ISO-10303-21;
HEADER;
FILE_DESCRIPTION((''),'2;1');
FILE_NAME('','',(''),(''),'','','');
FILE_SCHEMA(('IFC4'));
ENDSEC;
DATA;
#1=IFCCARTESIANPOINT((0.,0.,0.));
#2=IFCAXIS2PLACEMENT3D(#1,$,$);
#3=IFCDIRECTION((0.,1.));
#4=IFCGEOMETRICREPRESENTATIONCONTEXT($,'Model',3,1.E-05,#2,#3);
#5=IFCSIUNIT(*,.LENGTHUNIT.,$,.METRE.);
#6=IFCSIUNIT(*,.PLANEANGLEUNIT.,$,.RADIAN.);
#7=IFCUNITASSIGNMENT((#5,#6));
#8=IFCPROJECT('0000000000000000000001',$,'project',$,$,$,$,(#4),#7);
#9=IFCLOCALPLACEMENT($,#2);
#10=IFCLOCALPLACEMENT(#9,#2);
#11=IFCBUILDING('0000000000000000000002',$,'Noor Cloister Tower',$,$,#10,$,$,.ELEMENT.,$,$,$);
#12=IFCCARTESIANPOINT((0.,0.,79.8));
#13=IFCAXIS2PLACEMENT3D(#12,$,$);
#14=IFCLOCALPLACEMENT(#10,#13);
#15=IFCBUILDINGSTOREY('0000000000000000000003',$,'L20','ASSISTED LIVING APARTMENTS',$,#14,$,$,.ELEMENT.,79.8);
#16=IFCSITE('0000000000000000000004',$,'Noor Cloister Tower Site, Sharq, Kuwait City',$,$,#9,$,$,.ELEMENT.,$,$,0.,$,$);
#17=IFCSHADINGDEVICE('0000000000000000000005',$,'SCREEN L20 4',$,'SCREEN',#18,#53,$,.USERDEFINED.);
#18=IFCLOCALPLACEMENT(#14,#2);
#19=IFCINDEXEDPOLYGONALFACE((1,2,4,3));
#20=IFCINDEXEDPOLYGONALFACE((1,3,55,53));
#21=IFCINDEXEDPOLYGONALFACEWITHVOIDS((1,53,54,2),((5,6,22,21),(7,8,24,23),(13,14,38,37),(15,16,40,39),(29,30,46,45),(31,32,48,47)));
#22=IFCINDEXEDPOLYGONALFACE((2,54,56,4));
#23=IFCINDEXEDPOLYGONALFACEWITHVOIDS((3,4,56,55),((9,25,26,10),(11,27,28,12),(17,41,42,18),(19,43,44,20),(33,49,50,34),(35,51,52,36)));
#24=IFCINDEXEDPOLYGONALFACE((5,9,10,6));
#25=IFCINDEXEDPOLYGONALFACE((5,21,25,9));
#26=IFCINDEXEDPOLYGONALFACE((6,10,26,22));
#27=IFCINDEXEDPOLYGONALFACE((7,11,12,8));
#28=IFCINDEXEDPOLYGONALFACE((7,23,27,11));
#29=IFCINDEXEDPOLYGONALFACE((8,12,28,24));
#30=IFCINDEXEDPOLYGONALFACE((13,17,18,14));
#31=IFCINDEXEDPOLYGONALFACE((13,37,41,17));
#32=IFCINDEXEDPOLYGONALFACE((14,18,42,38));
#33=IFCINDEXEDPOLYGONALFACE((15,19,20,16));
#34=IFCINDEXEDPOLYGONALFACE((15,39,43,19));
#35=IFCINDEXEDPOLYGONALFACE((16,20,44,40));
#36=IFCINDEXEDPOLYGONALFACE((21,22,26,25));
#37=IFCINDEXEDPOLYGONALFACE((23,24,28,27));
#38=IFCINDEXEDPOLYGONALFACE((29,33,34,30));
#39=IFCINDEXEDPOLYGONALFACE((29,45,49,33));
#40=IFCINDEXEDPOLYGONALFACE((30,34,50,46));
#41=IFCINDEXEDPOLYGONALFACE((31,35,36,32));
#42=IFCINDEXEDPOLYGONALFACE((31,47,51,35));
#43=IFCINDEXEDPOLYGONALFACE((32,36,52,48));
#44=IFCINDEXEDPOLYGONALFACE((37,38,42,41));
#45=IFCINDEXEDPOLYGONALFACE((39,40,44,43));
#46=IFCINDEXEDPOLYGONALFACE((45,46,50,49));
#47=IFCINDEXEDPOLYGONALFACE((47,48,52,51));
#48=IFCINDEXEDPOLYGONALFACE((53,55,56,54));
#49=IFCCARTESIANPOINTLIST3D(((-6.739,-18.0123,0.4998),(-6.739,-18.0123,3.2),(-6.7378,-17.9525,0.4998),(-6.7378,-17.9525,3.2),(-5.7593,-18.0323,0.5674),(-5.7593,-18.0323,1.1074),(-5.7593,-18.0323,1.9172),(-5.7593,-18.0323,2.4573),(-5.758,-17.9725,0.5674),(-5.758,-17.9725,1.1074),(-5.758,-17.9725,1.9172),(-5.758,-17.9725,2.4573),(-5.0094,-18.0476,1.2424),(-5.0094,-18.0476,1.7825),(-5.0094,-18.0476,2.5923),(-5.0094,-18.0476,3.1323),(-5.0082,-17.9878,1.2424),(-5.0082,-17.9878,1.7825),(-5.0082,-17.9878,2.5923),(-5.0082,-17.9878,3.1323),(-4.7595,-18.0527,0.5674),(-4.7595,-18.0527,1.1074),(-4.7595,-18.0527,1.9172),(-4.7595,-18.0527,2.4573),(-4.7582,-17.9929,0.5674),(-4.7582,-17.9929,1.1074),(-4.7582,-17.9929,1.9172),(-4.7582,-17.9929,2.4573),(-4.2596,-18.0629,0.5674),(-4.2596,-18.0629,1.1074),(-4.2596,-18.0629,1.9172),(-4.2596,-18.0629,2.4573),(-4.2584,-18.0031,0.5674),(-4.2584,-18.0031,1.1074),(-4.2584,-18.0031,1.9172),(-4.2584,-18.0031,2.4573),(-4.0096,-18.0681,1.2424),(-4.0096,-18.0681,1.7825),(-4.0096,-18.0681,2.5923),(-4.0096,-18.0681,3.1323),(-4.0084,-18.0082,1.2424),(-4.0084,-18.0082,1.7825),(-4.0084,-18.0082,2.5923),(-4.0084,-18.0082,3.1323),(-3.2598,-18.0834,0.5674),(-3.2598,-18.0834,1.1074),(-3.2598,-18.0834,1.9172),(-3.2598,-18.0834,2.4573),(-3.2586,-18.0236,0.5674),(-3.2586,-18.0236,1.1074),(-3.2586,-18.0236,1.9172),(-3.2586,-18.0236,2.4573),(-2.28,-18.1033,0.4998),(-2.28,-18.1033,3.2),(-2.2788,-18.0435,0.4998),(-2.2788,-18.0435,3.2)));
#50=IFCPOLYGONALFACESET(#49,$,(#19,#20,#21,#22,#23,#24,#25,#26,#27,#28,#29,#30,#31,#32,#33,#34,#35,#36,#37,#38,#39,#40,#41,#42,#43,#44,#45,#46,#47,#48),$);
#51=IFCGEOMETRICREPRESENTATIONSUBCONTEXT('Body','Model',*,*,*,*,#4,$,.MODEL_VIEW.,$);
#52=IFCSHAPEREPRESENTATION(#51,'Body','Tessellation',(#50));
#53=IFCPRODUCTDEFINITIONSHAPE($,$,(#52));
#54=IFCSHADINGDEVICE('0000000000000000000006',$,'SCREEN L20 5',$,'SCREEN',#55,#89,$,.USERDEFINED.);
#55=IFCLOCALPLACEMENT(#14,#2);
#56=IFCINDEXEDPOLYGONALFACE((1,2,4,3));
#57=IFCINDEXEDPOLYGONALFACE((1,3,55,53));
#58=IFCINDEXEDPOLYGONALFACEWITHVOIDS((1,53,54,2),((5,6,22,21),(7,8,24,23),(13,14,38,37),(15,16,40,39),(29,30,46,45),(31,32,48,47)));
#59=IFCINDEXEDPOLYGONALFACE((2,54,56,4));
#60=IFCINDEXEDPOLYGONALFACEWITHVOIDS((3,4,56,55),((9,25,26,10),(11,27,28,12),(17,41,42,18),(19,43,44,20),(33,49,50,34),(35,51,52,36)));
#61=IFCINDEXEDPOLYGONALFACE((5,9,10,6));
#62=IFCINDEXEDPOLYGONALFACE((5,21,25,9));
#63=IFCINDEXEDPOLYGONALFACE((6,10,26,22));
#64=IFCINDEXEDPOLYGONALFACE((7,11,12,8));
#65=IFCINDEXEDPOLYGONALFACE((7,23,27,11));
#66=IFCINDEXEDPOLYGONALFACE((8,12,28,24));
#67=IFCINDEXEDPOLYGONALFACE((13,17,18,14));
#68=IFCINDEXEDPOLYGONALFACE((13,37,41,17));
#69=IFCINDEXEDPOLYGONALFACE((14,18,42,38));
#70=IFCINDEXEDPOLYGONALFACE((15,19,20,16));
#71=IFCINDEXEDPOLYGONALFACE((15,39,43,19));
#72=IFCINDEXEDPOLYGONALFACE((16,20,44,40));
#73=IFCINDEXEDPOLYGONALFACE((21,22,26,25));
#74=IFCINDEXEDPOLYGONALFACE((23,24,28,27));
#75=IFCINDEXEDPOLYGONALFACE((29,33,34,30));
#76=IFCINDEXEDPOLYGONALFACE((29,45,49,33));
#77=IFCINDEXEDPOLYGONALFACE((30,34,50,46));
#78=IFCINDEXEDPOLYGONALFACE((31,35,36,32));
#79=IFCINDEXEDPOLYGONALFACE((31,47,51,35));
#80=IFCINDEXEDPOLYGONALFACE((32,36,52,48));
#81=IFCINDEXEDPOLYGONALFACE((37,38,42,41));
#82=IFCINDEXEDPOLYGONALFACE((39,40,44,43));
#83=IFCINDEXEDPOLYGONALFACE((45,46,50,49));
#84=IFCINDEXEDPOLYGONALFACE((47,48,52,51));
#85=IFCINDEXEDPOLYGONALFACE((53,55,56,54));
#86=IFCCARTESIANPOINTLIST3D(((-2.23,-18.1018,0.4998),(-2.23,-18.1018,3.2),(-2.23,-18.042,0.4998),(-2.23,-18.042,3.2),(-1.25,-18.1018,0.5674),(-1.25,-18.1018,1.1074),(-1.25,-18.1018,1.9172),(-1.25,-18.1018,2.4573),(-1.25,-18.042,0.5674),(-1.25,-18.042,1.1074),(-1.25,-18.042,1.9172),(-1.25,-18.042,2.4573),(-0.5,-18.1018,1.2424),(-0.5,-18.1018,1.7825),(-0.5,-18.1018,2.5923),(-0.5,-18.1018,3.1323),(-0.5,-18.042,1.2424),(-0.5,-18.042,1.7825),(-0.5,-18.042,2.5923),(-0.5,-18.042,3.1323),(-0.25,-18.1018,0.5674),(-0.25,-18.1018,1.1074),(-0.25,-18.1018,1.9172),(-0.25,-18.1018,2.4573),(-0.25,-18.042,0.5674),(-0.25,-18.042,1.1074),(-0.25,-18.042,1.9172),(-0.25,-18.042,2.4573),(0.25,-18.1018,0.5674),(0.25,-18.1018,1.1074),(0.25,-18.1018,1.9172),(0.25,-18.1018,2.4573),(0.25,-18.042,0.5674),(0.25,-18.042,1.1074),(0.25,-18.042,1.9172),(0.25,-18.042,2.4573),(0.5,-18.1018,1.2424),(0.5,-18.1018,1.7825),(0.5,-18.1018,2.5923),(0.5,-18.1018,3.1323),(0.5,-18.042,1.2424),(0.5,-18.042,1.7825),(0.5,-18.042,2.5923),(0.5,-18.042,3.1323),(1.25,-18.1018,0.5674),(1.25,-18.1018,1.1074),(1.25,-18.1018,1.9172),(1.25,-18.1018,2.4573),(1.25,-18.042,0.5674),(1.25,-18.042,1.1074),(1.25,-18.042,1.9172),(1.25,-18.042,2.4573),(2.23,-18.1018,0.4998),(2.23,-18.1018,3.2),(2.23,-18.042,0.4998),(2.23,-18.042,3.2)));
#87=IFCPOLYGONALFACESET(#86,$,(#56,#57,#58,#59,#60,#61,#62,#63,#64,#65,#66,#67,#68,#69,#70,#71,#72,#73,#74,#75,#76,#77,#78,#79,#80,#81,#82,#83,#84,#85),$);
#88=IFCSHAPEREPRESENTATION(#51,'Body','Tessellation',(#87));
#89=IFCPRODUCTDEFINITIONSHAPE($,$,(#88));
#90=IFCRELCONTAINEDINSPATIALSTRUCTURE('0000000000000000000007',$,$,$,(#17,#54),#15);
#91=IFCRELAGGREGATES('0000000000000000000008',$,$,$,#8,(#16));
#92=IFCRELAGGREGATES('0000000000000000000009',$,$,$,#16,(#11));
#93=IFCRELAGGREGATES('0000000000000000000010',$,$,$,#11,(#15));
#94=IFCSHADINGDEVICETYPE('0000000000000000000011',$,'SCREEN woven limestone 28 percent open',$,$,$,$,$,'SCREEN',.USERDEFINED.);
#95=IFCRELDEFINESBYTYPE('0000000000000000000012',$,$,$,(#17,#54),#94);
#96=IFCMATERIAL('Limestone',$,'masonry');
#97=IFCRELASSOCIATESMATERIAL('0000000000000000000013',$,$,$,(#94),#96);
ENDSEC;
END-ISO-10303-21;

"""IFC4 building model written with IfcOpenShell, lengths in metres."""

from ifc_helpers import new_model, si_unit, direction, frame, origin, place, context, subcontext, project, spatial, polyline, outline, extrude, material, material_profile, profile_set, type_object, element, save


model = new_model("IFC4")

# Units and contexts
model_context = context("Model", 3, precision=1e-05, world=origin(), true_north=direction((0.0, 1.0)))
body_context = subcontext(model_context, "Body", "Model", "MODEL_VIEW")
ifc_project = project(units=[si_unit("LENGTHUNIT", "METRE"), si_unit("PLANEANGLEUNIT", "RADIAN")], contexts=[model_context])

# Site, building, storey
site_placement = place(None, origin())
site = spatial("IfcSite", under=ifc_project, at=site_placement, Name="Noor Cloister Tower Site, Sharq, Kuwait City", CompositionType="ELEMENT", RefElevation=0.0)
building_placement = place(site_placement, origin())
building = spatial("IfcBuilding", under=site, at=building_placement, Name="Noor Cloister Tower", CompositionType="ELEMENT")
storey_placement = place(building_placement, frame((0.0, 0.0, 79.8)))
storey = spatial("IfcBuildingStorey", under=building, at=storey_placement, Name="L20", Description="ASSISTED LIVING APARTMENTS", CompositionType="ELEMENT", Elevation=79.8)

# Shading devices
ifc_material_1 = material(Name="Limestone", Category="masonry")
ifc_material_profile_1 = material_profile(ifc_material_1, outline(polyline([(-2.23, -1.3501), (2.23, -1.3501), (2.23, 1.3501), (-2.23, 1.3501), (-2.23, -1.3501)]), holes=[polyline([(-1.25, -1.2825), (-0.25, -1.2825), (-0.25, -0.7424), (-1.25, -0.7424), (-1.25, -1.2825)]), polyline([(0.25, -1.2825), (1.25, -1.2825), (1.25, -0.7424), (0.25, -0.7424), (0.25, -1.2825)]), polyline([(-0.5, -0.6074), (0.5, -0.6074), (0.5, -0.0674), (-0.5, -0.0674), (-0.5, -0.6074)]), polyline([(-1.25, 0.0674), (-0.25, 0.0674), (-0.25, 0.6074), (-1.25, 0.6074), (-1.25, 0.0674)]), polyline([(0.25, 0.0674), (1.25, 0.0674), (1.25, 0.6074), (0.25, 0.6074), (0.25, 0.0674)]), polyline([(-0.5, 0.7424), (0.5, 0.7424), (0.5, 1.2825), (-0.5, 1.2825), (-0.5, 0.7424)])]), Name="Woven screen 28 percent open")
ifc_profile_set_1 = profile_set([ifc_material_profile_1], Name="Limestone")
shading_device_type = type_object("IfcShadingDeviceType", Name="SCREEN woven limestone 28 percent open", ElementType="SCREEN", PredefinedType="USERDEFINED", material=ifc_profile_set_1)
for number, where, z_axis, x_axis, name in (
    (1, (-4.5083, -17.998, 1.8499), (-0.020404, -0.999792, 0.0), (0.999792, -0.020404, 0.0), "SCREEN L20 4"),
    (2, (0.0, -18.042, 1.8499), (0.0, -1.0, 0.0), (1.0, 0.0, 0.0), "SCREEN L20 5"),
):
    element("IfcShadingDevice", number, at=place(storey_placement, frame(where, z_axis=z_axis, x_axis=x_axis)), inside=storey, type_object=shading_device_type, Name=name, ObjectType="SCREEN", PredefinedType="USERDEFINED", context=body_context, shape_type="SweptSolid", body=[
        extrude(outline(polyline([(-2.23, -1.3501), (2.23, -1.3501), (2.23, 1.3501), (-2.23, 1.3501), (-2.23, -1.3501)]), holes=[polyline([(-1.25, -1.2825), (-0.25, -1.2825), (-0.25, -0.7424), (-1.25, -0.7424), (-1.25, -1.2825)]), polyline([(0.25, -1.2825), (1.25, -1.2825), (1.25, -0.7424), (0.25, -0.7424), (0.25, -1.2825)]), polyline([(-0.5, -0.6074), (0.5, -0.6074), (0.5, -0.0674), (-0.5, -0.0674), (-0.5, -0.6074)]), polyline([(-1.25, 0.0674), (-0.25, 0.0674), (-0.25, 0.6074), (-1.25, 0.6074), (-1.25, 0.0674)]), polyline([(0.25, 0.0674), (1.25, 0.0674), (1.25, 0.6074), (0.25, 0.6074), (0.25, 0.0674)]), polyline([(-0.5, 0.7424), (0.5, 0.7424), (0.5, 1.2825), (-0.5, 1.2825), (-0.5, 0.7424)])]), origin(), (0.0, 0.0, 1.0), 0.0598),
    ])

save(model, "model.ifc")
